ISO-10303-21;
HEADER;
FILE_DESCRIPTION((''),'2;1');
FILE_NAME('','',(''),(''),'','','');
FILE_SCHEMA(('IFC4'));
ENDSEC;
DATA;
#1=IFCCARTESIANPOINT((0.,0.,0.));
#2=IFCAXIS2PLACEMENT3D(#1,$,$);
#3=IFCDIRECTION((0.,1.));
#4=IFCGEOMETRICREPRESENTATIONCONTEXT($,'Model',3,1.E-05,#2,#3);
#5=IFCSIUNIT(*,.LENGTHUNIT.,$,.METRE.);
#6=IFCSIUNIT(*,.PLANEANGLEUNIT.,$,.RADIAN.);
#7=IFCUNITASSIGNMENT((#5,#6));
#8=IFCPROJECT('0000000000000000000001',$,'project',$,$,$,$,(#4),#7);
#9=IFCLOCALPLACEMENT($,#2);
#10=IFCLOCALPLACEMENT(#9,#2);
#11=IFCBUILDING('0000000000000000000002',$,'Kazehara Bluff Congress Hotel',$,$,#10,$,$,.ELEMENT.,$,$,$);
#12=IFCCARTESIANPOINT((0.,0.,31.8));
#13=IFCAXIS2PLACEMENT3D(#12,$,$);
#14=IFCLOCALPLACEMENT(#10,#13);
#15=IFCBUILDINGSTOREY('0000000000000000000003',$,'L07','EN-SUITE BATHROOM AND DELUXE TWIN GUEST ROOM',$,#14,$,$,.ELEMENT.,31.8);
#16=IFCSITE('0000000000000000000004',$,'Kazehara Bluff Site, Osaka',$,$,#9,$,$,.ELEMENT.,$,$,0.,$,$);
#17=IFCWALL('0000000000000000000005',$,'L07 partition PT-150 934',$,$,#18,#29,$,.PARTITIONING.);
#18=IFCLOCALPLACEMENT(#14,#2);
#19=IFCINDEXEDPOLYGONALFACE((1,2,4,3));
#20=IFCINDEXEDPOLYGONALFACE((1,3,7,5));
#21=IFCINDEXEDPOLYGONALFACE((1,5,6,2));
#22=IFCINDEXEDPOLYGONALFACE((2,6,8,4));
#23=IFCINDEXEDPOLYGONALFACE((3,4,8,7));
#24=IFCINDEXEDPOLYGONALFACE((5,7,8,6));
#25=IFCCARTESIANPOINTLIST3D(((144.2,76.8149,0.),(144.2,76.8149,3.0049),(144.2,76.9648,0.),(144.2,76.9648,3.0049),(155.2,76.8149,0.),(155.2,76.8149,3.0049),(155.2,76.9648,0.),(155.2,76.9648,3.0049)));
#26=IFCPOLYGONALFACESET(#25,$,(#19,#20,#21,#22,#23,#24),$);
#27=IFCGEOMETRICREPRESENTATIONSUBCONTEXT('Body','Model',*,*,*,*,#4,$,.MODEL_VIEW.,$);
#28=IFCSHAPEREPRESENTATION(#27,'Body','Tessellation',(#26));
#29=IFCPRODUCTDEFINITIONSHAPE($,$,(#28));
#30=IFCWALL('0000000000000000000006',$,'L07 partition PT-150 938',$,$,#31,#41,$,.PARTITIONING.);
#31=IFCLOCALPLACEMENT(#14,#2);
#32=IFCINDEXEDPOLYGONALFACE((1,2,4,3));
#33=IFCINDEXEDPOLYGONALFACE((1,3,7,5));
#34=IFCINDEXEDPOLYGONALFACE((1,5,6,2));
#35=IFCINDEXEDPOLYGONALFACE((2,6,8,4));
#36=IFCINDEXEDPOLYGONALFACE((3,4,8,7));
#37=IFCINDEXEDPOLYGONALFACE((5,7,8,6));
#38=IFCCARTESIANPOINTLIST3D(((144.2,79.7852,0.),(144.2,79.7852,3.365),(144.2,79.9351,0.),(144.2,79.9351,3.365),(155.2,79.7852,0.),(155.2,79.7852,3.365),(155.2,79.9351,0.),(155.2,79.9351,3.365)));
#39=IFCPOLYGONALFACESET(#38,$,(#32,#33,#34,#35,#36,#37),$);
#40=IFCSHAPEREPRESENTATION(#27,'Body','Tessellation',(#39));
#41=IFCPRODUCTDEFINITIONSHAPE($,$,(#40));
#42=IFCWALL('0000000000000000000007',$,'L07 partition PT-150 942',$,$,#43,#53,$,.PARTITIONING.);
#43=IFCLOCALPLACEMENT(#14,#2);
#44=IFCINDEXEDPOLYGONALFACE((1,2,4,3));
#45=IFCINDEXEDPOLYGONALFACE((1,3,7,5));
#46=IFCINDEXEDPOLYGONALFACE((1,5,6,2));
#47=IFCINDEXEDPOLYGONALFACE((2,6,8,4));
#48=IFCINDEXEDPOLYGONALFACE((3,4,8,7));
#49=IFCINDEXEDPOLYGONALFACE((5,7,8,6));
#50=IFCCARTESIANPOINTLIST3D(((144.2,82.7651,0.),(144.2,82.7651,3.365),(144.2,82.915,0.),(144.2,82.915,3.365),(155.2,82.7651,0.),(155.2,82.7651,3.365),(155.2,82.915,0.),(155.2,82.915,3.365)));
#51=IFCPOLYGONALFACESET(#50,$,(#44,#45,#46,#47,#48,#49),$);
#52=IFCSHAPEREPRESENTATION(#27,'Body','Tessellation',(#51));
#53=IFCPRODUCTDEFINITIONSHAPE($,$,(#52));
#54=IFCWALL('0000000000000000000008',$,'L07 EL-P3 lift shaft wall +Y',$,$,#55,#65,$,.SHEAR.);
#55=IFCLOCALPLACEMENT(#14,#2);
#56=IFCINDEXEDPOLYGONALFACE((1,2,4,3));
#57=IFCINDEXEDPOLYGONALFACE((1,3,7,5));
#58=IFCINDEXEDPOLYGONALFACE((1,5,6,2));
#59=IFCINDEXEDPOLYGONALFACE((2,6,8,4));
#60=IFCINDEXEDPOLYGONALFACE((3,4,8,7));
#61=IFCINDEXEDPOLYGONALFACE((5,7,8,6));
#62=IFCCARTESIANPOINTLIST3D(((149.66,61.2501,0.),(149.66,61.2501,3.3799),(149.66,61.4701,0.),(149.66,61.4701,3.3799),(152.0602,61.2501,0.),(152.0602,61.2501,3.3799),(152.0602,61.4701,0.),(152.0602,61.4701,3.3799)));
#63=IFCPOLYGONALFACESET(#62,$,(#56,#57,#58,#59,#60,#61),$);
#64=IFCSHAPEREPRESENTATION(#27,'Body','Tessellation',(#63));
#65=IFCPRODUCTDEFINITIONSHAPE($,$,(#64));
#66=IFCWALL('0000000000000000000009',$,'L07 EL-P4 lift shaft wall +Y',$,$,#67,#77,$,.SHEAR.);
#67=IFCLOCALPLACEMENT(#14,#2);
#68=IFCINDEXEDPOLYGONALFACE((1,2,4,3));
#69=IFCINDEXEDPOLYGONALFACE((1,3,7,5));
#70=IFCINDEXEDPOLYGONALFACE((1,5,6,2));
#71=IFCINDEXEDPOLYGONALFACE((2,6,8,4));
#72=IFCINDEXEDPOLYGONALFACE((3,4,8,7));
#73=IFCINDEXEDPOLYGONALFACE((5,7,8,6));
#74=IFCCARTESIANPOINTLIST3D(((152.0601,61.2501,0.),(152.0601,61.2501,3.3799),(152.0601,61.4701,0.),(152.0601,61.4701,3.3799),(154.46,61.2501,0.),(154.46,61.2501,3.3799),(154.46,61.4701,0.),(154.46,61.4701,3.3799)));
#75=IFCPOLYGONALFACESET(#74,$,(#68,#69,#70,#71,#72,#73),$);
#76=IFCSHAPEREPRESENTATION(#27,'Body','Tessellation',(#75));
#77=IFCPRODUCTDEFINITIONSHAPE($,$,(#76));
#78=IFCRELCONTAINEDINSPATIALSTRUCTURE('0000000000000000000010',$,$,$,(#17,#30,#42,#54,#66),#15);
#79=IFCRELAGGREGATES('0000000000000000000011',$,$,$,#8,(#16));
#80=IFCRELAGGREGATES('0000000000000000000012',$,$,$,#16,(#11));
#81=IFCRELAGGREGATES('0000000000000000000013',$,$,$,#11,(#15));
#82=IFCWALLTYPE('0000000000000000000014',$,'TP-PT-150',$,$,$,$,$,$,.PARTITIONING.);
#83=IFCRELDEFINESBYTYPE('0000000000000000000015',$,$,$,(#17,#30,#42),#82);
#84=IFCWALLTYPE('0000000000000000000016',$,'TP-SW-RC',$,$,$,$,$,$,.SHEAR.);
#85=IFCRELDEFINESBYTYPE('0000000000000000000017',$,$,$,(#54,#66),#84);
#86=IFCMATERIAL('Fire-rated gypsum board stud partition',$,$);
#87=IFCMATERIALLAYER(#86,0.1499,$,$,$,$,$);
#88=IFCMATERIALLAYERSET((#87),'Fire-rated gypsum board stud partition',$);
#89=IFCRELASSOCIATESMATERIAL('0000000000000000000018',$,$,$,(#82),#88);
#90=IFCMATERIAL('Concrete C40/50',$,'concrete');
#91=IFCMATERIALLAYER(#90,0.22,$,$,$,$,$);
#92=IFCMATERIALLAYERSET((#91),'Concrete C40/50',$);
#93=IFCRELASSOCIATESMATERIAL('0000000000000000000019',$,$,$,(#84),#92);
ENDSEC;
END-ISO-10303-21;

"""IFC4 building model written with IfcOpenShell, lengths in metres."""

from ifc_helpers import new_model, si_unit, direction, frame, frame_2d, origin, place, context, subcontext, project, spatial, rectangle, extrude, material, layer, layer_set, type_object, element, save


model = new_model("IFC4")

# Units and contexts
model_context = context("Model", 3, precision=1e-05, world=origin(), true_north=direction((0.0, 1.0)))
body_context = subcontext(model_context, "Body", "Model", "MODEL_VIEW")
ifc_project = project(units=[si_unit("LENGTHUNIT", "METRE"), si_unit("PLANEANGLEUNIT", "RADIAN")], contexts=[model_context])

# Site, building, storey
site_placement = place(None, origin())
site = spatial("IfcSite", under=ifc_project, at=site_placement, Name="Kazehara Bluff Site, Osaka", CompositionType="ELEMENT", RefElevation=0.0)
building_placement = place(site_placement, origin())
building = spatial("IfcBuilding", under=site, at=building_placement, Name="Kazehara Bluff Congress Hotel", CompositionType="ELEMENT")
storey_placement = place(building_placement, frame((0.0, 0.0, 31.8)))
storey = spatial("IfcBuildingStorey", under=building, at=storey_placement, Name="L07", Description="EN-SUITE BATHROOM AND DELUXE TWIN GUEST ROOM", CompositionType="ELEMENT", Elevation=31.8)

# Walls
ifc_material_1 = material(Name="Fire-rated gypsum board stud partition")
ifc_layer_1 = layer(ifc_material_1, 0.1499)
ifc_layer_set_1 = layer_set([ifc_layer_1], Name="Fire-rated gypsum board stud partition")
wall_type_1 = type_object("IfcWallType", Name="TP-PT-150", PredefinedType="PARTITIONING", material=ifc_layer_set_1)
wall_1_placement = place(storey_placement, frame((144.2, 76.8899, 0.0), z_axis=(0.0, 0.0, 1.0), x_axis=(1.0, 0.0, 0.0)))
element("IfcWall", 1, at=wall_1_placement, inside=storey, type_object=wall_type_1, Name="L07 partition PT-150 934", PredefinedType="PARTITIONING", context=body_context, shape_type="SweptSolid", body=[
    extrude(rectangle(XDim=11.0, YDim=0.1499, at=frame_2d((5.5, 0.0))), origin(), (0.0, 0.0, 1.0), 3.0049),
])
for number, where, z_axis, x_axis, name in (
    (2, (144.2, 79.8601, 0.0), (0.0, 0.0, 1.0), (1.0, 0.0, 0.0), "L07 partition PT-150 938"),
    (3, (144.2, 82.8401, 0.0), (0.0, 0.0, 1.0), (1.0, 0.0, 0.0), "L07 partition PT-150 942"),
):
    element("IfcWall", number, at=place(storey_placement, frame(where, z_axis=z_axis, x_axis=x_axis)), inside=storey, type_object=wall_type_1, Name=name, PredefinedType="PARTITIONING", context=body_context, shape_type="SweptSolid", body=[
        extrude(rectangle(XDim=11.0, YDim=0.1499, at=frame_2d((5.5, 0.0))), origin(), (0.0, 0.0, 1.0), 3.365),
    ])
ifc_material_2 = material(Name="Concrete C40/50", Category="concrete")
ifc_layer_2 = layer(ifc_material_2, 0.22)
ifc_layer_set_2 = layer_set([ifc_layer_2], Name="Concrete C40/50")
wall_type_2 = type_object("IfcWallType", Name="TP-SW-RC", PredefinedType="SHEAR", material=ifc_layer_set_2)
wall_2_placement = place(storey_placement, frame((149.6599, 61.3601, 0.0), z_axis=(0.0, 0.0, 1.0), x_axis=(1.0, 0.0, 0.0)))
element("IfcWall", 4, at=wall_2_placement, inside=storey, type_object=wall_type_2, Name="L07 EL-P3 lift shaft wall +Y", PredefinedType="SHEAR", context=body_context, shape_type="SweptSolid", body=[
    extrude(rectangle(XDim=2.4001, YDim=0.22, at=frame_2d((1.2002, 0.0))), origin(), (0.0, 0.0, 1.0), 3.3799),
])
wall_3_placement = place(storey_placement, frame((152.0601, 61.3601, 0.0), z_axis=(0.0, 0.0, 1.0), x_axis=(1.0, 0.0, 0.0)))
element("IfcWall", 5, at=wall_3_placement, inside=storey, type_object=wall_type_2, Name="L07 EL-P4 lift shaft wall +Y", PredefinedType="SHEAR", context=body_context, shape_type="SweptSolid", body=[
    extrude(rectangle(XDim=2.3999, YDim=0.22, at=frame_2d((1.2, 0.0))), origin(), (0.0, 0.0, 1.0), 3.3799),
])

save(model, "model.ifc")
